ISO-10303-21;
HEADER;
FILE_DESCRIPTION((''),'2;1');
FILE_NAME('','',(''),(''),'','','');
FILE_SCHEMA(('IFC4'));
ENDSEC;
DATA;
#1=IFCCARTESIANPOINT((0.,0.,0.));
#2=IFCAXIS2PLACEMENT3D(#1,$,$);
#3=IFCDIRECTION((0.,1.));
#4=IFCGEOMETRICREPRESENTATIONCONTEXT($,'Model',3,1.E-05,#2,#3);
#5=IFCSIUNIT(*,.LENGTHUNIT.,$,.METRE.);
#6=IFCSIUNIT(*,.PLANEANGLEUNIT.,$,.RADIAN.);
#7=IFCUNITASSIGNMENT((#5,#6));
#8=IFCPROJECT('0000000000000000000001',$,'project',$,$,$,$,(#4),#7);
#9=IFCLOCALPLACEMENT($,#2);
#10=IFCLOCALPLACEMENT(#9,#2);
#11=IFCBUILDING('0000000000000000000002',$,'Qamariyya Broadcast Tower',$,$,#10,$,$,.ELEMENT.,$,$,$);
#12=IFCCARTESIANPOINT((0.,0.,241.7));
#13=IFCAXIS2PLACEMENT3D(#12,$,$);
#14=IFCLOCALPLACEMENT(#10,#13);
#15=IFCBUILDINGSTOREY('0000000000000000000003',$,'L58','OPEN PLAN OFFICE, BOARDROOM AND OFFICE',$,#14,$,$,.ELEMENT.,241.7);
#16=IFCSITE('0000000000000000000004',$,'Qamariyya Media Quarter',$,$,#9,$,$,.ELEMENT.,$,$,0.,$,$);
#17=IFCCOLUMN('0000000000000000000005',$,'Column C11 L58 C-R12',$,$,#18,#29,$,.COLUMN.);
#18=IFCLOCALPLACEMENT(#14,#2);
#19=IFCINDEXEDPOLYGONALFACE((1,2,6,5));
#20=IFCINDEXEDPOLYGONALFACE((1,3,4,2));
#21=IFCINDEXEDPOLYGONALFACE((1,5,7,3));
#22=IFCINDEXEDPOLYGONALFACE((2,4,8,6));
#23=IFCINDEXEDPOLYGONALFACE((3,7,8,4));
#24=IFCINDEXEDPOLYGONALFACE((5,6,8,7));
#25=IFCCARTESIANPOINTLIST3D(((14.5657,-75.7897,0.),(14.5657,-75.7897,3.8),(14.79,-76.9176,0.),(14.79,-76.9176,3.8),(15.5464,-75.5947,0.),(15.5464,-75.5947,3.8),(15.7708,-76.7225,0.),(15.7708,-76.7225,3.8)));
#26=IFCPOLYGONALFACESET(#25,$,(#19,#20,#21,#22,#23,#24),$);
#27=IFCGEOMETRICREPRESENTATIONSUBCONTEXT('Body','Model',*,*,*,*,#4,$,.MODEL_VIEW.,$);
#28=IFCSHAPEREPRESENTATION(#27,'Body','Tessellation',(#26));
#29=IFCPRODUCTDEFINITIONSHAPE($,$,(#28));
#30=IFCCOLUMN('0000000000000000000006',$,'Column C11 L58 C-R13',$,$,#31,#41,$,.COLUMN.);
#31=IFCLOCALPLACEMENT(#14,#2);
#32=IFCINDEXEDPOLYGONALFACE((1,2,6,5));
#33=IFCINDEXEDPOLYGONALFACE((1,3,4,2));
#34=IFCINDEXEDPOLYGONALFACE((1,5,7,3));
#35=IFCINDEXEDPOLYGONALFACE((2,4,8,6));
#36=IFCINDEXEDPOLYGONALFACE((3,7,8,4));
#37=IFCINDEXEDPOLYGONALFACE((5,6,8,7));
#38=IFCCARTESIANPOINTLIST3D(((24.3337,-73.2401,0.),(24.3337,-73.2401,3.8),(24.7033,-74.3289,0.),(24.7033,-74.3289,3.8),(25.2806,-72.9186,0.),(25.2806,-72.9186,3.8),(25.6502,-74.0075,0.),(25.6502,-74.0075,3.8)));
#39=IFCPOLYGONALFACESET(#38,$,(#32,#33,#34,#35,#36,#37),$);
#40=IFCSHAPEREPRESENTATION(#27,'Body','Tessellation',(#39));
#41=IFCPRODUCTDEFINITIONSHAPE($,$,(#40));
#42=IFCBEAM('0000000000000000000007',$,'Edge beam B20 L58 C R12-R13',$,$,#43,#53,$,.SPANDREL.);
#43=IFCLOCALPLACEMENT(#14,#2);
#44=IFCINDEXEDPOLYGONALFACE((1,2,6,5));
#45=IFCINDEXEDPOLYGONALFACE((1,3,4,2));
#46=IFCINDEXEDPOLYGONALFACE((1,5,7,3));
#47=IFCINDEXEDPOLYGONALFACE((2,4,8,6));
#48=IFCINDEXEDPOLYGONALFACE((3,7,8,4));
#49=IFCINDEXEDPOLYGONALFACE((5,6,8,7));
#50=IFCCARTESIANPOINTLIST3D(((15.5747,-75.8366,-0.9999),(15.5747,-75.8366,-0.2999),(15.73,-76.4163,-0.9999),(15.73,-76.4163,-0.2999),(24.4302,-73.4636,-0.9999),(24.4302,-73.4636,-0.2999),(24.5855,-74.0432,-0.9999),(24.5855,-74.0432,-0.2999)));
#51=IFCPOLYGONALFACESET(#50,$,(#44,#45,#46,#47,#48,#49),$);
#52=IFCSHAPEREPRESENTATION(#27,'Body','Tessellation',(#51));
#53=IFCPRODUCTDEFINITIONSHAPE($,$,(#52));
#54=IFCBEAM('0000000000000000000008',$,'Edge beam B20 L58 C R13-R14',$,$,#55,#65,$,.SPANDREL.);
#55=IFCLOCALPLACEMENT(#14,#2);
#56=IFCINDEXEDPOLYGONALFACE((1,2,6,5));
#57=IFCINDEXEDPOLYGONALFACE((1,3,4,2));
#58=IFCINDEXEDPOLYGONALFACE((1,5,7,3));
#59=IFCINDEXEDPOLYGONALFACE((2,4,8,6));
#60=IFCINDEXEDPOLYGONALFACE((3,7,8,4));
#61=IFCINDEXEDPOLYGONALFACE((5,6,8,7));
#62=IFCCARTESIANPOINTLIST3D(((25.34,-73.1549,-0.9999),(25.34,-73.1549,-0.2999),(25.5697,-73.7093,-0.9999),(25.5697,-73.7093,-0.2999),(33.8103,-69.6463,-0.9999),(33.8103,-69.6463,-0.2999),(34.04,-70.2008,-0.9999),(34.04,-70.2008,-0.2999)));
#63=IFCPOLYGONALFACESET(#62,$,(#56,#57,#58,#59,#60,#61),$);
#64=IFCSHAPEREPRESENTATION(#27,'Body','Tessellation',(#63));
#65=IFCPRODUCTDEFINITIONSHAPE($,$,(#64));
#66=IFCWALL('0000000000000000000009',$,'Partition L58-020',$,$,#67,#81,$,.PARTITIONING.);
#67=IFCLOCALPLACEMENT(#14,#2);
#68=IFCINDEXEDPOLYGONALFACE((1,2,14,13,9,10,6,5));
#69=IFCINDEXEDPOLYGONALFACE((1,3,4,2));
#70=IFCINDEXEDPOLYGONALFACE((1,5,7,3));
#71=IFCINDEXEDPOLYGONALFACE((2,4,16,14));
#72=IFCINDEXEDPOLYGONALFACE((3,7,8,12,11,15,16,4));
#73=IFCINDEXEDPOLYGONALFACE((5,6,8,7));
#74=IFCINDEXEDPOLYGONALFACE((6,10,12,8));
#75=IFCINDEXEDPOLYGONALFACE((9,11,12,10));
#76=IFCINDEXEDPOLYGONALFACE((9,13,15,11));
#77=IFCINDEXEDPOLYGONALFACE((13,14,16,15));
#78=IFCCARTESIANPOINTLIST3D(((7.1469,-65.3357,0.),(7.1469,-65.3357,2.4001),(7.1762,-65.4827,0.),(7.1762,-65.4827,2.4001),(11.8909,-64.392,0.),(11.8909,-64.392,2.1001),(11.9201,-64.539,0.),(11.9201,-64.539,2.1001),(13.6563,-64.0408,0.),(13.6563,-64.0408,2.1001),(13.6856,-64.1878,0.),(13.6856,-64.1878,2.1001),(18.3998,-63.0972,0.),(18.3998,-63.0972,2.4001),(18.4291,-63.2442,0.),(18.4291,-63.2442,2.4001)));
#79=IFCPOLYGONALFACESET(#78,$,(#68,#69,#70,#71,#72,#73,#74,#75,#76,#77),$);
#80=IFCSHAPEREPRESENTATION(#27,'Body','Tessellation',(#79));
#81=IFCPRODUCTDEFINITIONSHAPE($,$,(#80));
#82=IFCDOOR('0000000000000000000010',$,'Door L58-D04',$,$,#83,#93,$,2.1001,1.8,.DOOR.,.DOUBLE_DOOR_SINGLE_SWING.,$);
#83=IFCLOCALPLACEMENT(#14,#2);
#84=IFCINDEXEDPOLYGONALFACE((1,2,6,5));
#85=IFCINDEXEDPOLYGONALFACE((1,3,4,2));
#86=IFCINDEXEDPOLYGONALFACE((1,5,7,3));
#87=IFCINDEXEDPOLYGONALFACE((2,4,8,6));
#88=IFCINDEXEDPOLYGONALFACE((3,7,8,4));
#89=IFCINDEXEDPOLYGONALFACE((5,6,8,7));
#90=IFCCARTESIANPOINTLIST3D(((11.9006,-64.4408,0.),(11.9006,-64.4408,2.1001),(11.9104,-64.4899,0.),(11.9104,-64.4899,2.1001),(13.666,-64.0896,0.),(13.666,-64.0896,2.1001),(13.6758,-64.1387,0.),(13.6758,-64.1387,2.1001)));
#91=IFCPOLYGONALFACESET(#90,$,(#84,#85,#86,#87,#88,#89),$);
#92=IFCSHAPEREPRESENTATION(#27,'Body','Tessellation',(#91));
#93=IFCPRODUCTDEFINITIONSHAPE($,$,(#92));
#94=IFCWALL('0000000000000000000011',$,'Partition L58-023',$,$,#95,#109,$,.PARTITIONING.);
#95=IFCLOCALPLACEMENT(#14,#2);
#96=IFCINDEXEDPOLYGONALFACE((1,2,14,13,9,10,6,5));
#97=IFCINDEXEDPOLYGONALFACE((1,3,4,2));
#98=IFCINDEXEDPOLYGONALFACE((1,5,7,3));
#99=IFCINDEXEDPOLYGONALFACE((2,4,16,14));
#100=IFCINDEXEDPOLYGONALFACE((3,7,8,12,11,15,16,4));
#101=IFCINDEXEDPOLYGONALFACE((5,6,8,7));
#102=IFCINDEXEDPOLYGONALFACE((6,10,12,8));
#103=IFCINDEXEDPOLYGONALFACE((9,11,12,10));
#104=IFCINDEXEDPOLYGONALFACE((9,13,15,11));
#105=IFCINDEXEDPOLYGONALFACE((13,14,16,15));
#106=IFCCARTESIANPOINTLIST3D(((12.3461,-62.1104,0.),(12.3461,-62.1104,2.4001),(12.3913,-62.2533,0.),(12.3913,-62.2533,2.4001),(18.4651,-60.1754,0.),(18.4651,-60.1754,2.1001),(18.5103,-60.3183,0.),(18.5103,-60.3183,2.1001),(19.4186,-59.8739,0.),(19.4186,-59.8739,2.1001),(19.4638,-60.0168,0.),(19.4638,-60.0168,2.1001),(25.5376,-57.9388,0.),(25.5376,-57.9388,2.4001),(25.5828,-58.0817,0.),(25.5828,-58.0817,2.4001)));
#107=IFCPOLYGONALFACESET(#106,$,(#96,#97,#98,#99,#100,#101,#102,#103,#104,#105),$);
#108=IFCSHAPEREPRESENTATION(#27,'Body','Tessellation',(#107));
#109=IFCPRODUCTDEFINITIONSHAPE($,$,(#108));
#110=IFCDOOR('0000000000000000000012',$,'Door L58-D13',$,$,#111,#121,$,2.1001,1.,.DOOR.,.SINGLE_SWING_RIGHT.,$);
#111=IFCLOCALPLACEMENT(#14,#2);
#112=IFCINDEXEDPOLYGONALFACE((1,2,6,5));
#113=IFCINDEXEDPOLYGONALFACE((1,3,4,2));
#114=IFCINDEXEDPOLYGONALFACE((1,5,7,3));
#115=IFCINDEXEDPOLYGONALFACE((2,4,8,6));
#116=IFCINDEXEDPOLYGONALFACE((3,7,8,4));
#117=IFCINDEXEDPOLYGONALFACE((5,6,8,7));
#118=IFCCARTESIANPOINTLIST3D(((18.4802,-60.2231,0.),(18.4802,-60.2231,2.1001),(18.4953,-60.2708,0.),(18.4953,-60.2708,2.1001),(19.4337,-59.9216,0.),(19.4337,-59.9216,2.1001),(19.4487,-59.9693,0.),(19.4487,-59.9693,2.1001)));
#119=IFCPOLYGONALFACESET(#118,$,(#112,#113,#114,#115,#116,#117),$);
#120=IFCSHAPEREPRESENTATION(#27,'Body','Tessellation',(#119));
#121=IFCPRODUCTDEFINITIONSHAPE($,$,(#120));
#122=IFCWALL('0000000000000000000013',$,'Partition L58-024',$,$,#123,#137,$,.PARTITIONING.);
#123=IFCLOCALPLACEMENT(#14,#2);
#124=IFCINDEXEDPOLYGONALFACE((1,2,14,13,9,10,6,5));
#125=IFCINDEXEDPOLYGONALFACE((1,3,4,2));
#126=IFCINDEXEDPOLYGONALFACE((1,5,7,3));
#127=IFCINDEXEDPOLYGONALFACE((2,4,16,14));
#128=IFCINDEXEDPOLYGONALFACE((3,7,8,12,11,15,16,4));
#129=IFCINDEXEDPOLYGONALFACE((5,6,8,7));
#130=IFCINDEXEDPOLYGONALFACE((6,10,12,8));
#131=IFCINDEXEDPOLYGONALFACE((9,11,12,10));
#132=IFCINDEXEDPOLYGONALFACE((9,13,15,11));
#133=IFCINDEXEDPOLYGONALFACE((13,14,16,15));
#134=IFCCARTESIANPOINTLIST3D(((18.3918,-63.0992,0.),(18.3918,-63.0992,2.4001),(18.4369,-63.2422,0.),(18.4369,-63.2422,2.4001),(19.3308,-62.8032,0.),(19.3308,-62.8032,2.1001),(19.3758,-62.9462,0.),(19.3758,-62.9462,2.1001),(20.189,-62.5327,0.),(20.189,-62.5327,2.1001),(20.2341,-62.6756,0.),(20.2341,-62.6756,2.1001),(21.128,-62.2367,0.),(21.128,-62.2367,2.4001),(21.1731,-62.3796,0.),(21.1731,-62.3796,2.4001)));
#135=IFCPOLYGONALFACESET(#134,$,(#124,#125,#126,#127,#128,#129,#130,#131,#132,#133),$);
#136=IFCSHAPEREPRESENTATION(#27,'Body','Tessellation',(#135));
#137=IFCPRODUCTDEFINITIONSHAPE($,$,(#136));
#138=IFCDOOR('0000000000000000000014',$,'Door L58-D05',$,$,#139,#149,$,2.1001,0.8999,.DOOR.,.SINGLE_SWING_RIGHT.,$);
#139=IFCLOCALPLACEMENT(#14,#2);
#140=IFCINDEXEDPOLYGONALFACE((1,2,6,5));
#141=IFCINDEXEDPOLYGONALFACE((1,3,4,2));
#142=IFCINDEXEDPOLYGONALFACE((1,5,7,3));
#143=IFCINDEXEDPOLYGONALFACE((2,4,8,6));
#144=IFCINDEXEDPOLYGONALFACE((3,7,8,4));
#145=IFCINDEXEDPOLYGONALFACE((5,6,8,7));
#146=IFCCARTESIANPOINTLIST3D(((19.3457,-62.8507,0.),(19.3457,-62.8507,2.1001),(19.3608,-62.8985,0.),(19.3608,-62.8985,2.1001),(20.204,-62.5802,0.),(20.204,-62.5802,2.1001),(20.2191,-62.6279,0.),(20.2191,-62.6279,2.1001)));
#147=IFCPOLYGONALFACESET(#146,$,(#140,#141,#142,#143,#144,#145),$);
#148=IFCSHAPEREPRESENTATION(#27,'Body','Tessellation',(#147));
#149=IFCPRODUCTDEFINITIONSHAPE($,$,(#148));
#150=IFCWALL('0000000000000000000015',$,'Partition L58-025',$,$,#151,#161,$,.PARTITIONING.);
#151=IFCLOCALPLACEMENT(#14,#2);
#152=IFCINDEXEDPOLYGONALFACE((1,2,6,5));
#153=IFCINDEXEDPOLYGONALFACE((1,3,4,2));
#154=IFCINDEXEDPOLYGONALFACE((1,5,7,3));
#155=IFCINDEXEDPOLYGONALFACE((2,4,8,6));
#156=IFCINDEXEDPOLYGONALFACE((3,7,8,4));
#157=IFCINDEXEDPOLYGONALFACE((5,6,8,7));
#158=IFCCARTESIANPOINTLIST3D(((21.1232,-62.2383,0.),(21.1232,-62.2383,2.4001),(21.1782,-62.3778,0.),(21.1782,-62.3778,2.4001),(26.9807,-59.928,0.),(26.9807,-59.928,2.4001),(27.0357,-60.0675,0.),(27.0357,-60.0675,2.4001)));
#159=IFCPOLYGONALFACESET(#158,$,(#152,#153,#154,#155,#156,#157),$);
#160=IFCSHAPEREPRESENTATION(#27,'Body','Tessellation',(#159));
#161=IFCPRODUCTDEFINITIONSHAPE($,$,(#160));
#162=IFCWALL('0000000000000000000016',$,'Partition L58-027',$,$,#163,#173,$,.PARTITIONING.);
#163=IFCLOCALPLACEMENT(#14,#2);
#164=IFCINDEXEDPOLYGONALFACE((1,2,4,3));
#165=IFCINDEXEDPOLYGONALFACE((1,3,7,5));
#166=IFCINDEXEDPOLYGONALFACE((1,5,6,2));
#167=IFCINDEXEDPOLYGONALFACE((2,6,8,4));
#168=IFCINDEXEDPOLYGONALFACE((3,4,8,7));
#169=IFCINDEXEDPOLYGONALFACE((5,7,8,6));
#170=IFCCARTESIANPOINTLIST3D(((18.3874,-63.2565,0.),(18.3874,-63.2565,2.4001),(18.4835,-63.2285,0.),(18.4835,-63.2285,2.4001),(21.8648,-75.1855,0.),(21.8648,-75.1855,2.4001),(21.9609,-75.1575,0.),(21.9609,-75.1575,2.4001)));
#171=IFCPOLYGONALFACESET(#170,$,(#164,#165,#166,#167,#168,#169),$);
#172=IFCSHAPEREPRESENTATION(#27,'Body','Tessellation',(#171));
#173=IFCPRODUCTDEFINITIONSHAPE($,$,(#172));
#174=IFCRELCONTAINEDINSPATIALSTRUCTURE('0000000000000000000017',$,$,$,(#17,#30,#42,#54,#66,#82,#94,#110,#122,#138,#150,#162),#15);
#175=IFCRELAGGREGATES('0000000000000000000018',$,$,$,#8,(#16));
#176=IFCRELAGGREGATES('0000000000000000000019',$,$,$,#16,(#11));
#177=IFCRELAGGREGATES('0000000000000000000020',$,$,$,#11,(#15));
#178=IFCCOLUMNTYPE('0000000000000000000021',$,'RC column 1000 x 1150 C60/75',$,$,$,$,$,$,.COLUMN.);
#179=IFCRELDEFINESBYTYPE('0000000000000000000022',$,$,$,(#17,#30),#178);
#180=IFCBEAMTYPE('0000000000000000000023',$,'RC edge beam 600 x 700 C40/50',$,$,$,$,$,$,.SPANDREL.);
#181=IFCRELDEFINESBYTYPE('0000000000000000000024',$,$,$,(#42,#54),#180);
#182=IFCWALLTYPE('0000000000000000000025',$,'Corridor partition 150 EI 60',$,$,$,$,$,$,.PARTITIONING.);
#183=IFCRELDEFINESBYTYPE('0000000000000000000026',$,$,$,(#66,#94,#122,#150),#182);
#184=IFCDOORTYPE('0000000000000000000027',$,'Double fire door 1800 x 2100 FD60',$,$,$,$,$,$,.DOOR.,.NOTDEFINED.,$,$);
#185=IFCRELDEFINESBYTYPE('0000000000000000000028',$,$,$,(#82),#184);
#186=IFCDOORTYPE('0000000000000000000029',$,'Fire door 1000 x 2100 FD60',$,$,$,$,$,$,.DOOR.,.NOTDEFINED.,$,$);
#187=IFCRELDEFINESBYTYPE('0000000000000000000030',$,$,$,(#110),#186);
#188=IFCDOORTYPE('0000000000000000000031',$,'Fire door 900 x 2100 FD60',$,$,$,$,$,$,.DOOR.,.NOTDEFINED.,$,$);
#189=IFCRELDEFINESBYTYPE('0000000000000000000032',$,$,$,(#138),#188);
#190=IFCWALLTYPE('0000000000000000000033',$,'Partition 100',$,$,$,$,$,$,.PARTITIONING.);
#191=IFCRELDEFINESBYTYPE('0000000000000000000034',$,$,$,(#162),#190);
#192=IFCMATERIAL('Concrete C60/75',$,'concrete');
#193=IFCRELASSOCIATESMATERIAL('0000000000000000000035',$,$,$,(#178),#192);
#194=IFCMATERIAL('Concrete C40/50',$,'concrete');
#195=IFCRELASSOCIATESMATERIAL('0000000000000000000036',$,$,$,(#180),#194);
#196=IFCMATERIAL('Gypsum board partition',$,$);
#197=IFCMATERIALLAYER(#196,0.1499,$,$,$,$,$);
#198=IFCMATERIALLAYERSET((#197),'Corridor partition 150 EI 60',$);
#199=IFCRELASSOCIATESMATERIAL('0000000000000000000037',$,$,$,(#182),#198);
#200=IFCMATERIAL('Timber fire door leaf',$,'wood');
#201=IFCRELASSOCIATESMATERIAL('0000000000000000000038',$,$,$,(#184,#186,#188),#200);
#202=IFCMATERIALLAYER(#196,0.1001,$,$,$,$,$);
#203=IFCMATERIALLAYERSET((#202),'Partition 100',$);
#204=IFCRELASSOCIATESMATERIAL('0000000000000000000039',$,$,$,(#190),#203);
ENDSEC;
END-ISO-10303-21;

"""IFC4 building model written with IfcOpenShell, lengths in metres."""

from ifc_helpers import new_model, si_unit, direction, frame, frame_2d, origin, origin_2d, place, context, subcontext, project, spatial, rectangle, extrude, material, layer, layer_set, material_profile, profile_set, type_object, element, fill, save


model = new_model("IFC4")

# Units and contexts
model_context = context("Model", 3, precision=1e-05, world=origin(), true_north=direction((0.0, 1.0)))
body_context = subcontext(model_context, "Body", "Model", "MODEL_VIEW")
ifc_project = project(units=[si_unit("LENGTHUNIT", "METRE"), si_unit("PLANEANGLEUNIT", "RADIAN")], contexts=[model_context])

# Site, building, storey
site_placement = place(None, origin())
site = spatial("IfcSite", under=ifc_project, at=site_placement, Name="Qamariyya Media Quarter", CompositionType="ELEMENT", RefElevation=0.0)
building_placement = place(site_placement, origin())
building = spatial("IfcBuilding", under=site, at=building_placement, Name="Qamariyya Broadcast Tower", CompositionType="ELEMENT")
storey_placement = place(building_placement, frame((0.0, 0.0, 241.7)))
storey = spatial("IfcBuildingStorey", under=building, at=storey_placement, Name="L58", Description="OPEN PLAN OFFICE, BOARDROOM AND OFFICE", CompositionType="ELEMENT", Elevation=241.7)

# Columns
ifc_material_1 = material(Name="Concrete C60/75", Category="concrete")
ifc_material_profile_1 = material_profile(ifc_material_1, rectangle(XDim=1.0, YDim=1.1499, at=origin_2d()))
ifc_profile_set_1 = profile_set([ifc_material_profile_1], Name="Concrete C60/75")
column_type = type_object("IfcColumnType", Name="RC column 1000 x 1150 C60/75", PredefinedType="COLUMN", material=ifc_profile_set_1)
for number, where, z_axis, x_axis, name in (
    (1, (15.1682, -76.2561, 0.0), (0.0, 0.0, 1.0), (0.980785, 0.19509, 0.0), "Column C11 L58 C-R12"),
    (2, (24.9919, -73.6238, 0.0), (0.0, 0.0, 1.0), (0.94693, 0.321439, 0.0), "Column C11 L58 C-R13"),
):
    element("IfcColumn", number, at=place(storey_placement, frame(where, z_axis=z_axis, x_axis=x_axis)), inside=storey, type_object=column_type, Name=name, PredefinedType="COLUMN", context=body_context, shape_type="SweptSolid", body=[
        extrude(rectangle(XDim=1.0, YDim=1.1499, at=origin_2d()), origin(), (0.0, 0.0, 1.0), 3.8),
    ])

# Beams
ifc_material_2 = material(Name="Concrete C40/50", Category="concrete")
ifc_material_profile_2 = material_profile(ifc_material_2, rectangle(XDim=0.6001, YDim=0.7, at=origin_2d()))
ifc_profile_set_2 = profile_set([ifc_material_profile_2], Name="Concrete C40/50")
beam_type = type_object("IfcBeamType", Name="RC edge beam 600 x 700 C40/50", PredefinedType="SPANDREL", material=ifc_profile_set_2)
beam_1_placement = place(storey_placement, frame((15.6523, -76.1265, -0.6499), z_axis=(0.96592, 0.258843, 0.0), x_axis=(-0.258843, 0.96592, 0.0)))
element("IfcBeam", 3, at=beam_1_placement, inside=storey, type_object=beam_type, Name="Edge beam B20 L58 C R12-R13", PredefinedType="SPANDREL", context=body_context, shape_type="SweptSolid", body=[
    extrude(rectangle(XDim=0.6001, YDim=0.7, at=origin_2d()), origin(), (0.0, 0.0, 1.0), 9.168),
])
beam_2_placement = place(storey_placement, frame((25.4548, -73.4321, -0.6499), z_axis=(0.923877, 0.38269, 0.0), x_axis=(-0.38269, 0.923877, 0.0)))
element("IfcBeam", 4, at=beam_2_placement, inside=storey, type_object=beam_type, Name="Edge beam B20 L58 C R13-R14", PredefinedType="SPANDREL", context=body_context, shape_type="SweptSolid", body=[
    extrude(rectangle(XDim=0.6001, YDim=0.7, at=origin_2d()), origin(), (0.0, 0.0, 1.0), 9.1682),
])

# Walls, openings, doors
ifc_material_3 = material(Name="Gypsum board partition")
ifc_layer_1 = layer(ifc_material_3, 0.1499)
ifc_layer_set_1 = layer_set([ifc_layer_1], Name="Corridor partition 150 EI 60")
wall_type_1 = type_object("IfcWallType", Name="Corridor partition 150 EI 60", PredefinedType="PARTITIONING", material=ifc_layer_set_1)
wall_1_placement = place(storey_placement, frame((18.4146, -63.1707, 0.0), z_axis=(0.0, 0.0, 1.0), x_axis=(-0.980782, -0.195105, 0.0)))
wall_1 = element("IfcWall", 5, at=wall_1_placement, inside=storey, type_object=wall_type_1, Name="Partition L58-020", PredefinedType="PARTITIONING", context=body_context, shape_type="SweptSolid", body=[
    extrude(rectangle(XDim=11.4734, YDim=0.1499, at=frame_2d((5.7368, 0.0))), origin(), (0.0, 0.0, 1.0), 2.4001),
])
opening_1_placement = place(wall_1_placement, frame((4.8367, 0.0, 0.0)))
opening_1 = element("IfcOpeningElement", 6, at=opening_1_placement, cuts=wall_1, PredefinedType="OPENING", context=body_context, shape_type="SweptSolid", body=[
    extrude(rectangle(XDim=1.8, YDim=2.1001, at=frame_2d((0.8999, 1.05))), frame((0.0, 0.085, 0.0), z_axis=(0.0, -1.0, 0.0), x_axis=(1.0, 0.0, 0.0)), (0.0, 0.0, 1.0), 0.1699),
])
ifc_material_4 = material(Name="Timber fire door leaf", Category="wood")
door_type_1 = type_object("IfcDoorType", Name="Double fire door 1800 x 2100 FD60", OperationType="NOTDEFINED", PredefinedType="DOOR", material=ifc_material_4)
door_1_placement = place(opening_1_placement, origin())
door_1 = element("IfcDoor", 7, at=door_1_placement, inside=storey, type_object=door_type_1, Name="Door L58-D04", OperationType="DOUBLE_DOOR_SINGLE_SWING", OverallHeight=2.1001, OverallWidth=1.8, PredefinedType="DOOR", context=body_context, shape_type="SweptSolid", body=[
    extrude(rectangle(XDim=1.8, YDim=2.1001, at=frame_2d((0.8999, 1.05))), frame((0.0, 0.0249, 0.0), z_axis=(0.0, -1.0, 0.0), x_axis=(1.0, 0.0, 0.0)), (0.0, 0.0, 1.0), 0.05),
])
fill(opening_1, door_1)
wall_2_placement = place(storey_placement, frame((12.3687, -62.1819, 0.0), z_axis=(0.0, 0.0, 1.0), x_axis=(0.953461, 0.301516, 0.0)))
wall_2 = element("IfcWall", 8, at=wall_2_placement, inside=storey, type_object=wall_type_1, Name="Partition L58-023", PredefinedType="PARTITIONING", context=body_context, shape_type="SweptSolid", body=[
    extrude(rectangle(XDim=13.8354, YDim=0.1499, at=frame_2d((6.9177, 0.0))), origin(), (0.0, 0.0, 1.0), 2.4001),
])
opening_2_placement = place(wall_2_placement, frame((6.4177, 0.0, 0.0)))
opening_2 = element("IfcOpeningElement", 9, at=opening_2_placement, cuts=wall_2, PredefinedType="OPENING", context=body_context, shape_type="SweptSolid", body=[
    extrude(rectangle(XDim=1.0, YDim=2.1001, at=frame_2d((0.5, 1.05))), frame((0.0, 0.085, 0.0), z_axis=(0.0, -1.0, 0.0), x_axis=(1.0, 0.0, 0.0)), (0.0, 0.0, 1.0), 0.1699),
])
door_type_2 = type_object("IfcDoorType", Name="Fire door 1000 x 2100 FD60", OperationType="NOTDEFINED", PredefinedType="DOOR", material=ifc_material_4)
door_2_placement = place(opening_2_placement, origin())
door_2 = element("IfcDoor", 10, at=door_2_placement, inside=storey, type_object=door_type_2, Name="Door L58-D13", OperationType="SINGLE_SWING_RIGHT", OverallHeight=2.1001, OverallWidth=1.0, PredefinedType="DOOR", context=body_context, shape_type="SweptSolid", body=[
    extrude(rectangle(XDim=1.0, YDim=2.1001, at=frame_2d((0.5, 1.05))), frame((0.0, 0.0249, 0.0), z_axis=(0.0, -1.0, 0.0), x_axis=(1.0, 0.0, 0.0)), (0.0, 0.0, 1.0), 0.05),
])
fill(opening_2, door_2)
wall_3_placement = place(storey_placement, frame((21.1506, -62.3081, 0.0), z_axis=(0.0, 0.0, 1.0), x_axis=(-0.95373, -0.300663, 0.0)))
wall_3 = element("IfcWall", 11, at=wall_3_placement, inside=storey, type_object=wall_type_1, Name="Partition L58-024", PredefinedType="PARTITIONING", context=body_context, shape_type="SweptSolid", body=[
    extrude(rectangle(XDim=2.8689, YDim=0.1499, at=frame_2d((1.4346, 0.0))), origin(), (0.0, 0.0, 1.0), 2.4001),
])
opening_3_placement = place(wall_3_placement, frame((0.9846, 0.0, 0.0)))
opening_3 = element("IfcOpeningElement", 12, at=opening_3_placement, cuts=wall_3, PredefinedType="OPENING", context=body_context, shape_type="SweptSolid", body=[
    extrude(rectangle(XDim=0.8999, YDim=2.1001, at=frame_2d((0.45, 1.05))), frame((0.0, 0.085, 0.0), z_axis=(0.0, -1.0, 0.0), x_axis=(1.0, 0.0, 0.0)), (0.0, 0.0, 1.0), 0.1699),
])
door_type_3 = type_object("IfcDoorType", Name="Fire door 900 x 2100 FD60", OperationType="NOTDEFINED", PredefinedType="DOOR", material=ifc_material_4)
door_3_placement = place(opening_3_placement, origin())
door_3 = element("IfcDoor", 13, at=door_3_placement, inside=storey, type_object=door_type_3, Name="Door L58-D05", OperationType="SINGLE_SWING_RIGHT", OverallHeight=2.1001, OverallWidth=0.8999, PredefinedType="DOOR", context=body_context, shape_type="SweptSolid", body=[
    extrude(rectangle(XDim=0.8999, YDim=2.1001, at=frame_2d((0.45, 1.05))), frame((0.0, 0.0249, 0.0), z_axis=(0.0, -1.0, 0.0), x_axis=(1.0, 0.0, 0.0)), (0.0, 0.0, 1.0), 0.05),
])
fill(opening_3, door_3)

# Walls
wall_4_placement = place(storey_placement, frame((21.1506, -62.3081, 0.0), z_axis=(0.0, 0.0, 1.0), x_axis=(0.930255, 0.366914, 0.0)))
element("IfcWall", 14, at=wall_4_placement, inside=storey, type_object=wall_type_1, Name="Partition L58-025", PredefinedType="PARTITIONING", context=body_context, shape_type="SweptSolid", body=[
    extrude(rectangle(XDim=6.2966, YDim=0.1499, at=frame_2d((3.1484, 0.0))), origin(), (0.0, 0.0, 1.0), 2.4001),
])
ifc_layer_2 = layer(ifc_material_3, 0.1001)
ifc_layer_set_2 = layer_set([ifc_layer_2], Name="Partition 100")
wall_type_2 = type_object("IfcWallType", Name="Partition 100", PredefinedType="PARTITIONING", material=ifc_layer_set_2)
wall_5_placement = place(storey_placement, frame((21.9128, -75.1716, 0.0), z_axis=(0.0, 0.0, 1.0), x_axis=(-0.279853, 0.960043, 0.0)))
element("IfcWall", 15, at=wall_5_placement, inside=storey, type_object=wall_type_2, Name="Partition L58-027", PredefinedType="PARTITIONING", context=body_context, shape_type="SweptSolid", body=[
    extrude(rectangle(XDim=12.4255, YDim=0.1001, at=frame_2d((6.2129, 0.0))), origin(), (0.0, 0.0, 1.0), 2.4001),
])

save(model, "model.ifc")
